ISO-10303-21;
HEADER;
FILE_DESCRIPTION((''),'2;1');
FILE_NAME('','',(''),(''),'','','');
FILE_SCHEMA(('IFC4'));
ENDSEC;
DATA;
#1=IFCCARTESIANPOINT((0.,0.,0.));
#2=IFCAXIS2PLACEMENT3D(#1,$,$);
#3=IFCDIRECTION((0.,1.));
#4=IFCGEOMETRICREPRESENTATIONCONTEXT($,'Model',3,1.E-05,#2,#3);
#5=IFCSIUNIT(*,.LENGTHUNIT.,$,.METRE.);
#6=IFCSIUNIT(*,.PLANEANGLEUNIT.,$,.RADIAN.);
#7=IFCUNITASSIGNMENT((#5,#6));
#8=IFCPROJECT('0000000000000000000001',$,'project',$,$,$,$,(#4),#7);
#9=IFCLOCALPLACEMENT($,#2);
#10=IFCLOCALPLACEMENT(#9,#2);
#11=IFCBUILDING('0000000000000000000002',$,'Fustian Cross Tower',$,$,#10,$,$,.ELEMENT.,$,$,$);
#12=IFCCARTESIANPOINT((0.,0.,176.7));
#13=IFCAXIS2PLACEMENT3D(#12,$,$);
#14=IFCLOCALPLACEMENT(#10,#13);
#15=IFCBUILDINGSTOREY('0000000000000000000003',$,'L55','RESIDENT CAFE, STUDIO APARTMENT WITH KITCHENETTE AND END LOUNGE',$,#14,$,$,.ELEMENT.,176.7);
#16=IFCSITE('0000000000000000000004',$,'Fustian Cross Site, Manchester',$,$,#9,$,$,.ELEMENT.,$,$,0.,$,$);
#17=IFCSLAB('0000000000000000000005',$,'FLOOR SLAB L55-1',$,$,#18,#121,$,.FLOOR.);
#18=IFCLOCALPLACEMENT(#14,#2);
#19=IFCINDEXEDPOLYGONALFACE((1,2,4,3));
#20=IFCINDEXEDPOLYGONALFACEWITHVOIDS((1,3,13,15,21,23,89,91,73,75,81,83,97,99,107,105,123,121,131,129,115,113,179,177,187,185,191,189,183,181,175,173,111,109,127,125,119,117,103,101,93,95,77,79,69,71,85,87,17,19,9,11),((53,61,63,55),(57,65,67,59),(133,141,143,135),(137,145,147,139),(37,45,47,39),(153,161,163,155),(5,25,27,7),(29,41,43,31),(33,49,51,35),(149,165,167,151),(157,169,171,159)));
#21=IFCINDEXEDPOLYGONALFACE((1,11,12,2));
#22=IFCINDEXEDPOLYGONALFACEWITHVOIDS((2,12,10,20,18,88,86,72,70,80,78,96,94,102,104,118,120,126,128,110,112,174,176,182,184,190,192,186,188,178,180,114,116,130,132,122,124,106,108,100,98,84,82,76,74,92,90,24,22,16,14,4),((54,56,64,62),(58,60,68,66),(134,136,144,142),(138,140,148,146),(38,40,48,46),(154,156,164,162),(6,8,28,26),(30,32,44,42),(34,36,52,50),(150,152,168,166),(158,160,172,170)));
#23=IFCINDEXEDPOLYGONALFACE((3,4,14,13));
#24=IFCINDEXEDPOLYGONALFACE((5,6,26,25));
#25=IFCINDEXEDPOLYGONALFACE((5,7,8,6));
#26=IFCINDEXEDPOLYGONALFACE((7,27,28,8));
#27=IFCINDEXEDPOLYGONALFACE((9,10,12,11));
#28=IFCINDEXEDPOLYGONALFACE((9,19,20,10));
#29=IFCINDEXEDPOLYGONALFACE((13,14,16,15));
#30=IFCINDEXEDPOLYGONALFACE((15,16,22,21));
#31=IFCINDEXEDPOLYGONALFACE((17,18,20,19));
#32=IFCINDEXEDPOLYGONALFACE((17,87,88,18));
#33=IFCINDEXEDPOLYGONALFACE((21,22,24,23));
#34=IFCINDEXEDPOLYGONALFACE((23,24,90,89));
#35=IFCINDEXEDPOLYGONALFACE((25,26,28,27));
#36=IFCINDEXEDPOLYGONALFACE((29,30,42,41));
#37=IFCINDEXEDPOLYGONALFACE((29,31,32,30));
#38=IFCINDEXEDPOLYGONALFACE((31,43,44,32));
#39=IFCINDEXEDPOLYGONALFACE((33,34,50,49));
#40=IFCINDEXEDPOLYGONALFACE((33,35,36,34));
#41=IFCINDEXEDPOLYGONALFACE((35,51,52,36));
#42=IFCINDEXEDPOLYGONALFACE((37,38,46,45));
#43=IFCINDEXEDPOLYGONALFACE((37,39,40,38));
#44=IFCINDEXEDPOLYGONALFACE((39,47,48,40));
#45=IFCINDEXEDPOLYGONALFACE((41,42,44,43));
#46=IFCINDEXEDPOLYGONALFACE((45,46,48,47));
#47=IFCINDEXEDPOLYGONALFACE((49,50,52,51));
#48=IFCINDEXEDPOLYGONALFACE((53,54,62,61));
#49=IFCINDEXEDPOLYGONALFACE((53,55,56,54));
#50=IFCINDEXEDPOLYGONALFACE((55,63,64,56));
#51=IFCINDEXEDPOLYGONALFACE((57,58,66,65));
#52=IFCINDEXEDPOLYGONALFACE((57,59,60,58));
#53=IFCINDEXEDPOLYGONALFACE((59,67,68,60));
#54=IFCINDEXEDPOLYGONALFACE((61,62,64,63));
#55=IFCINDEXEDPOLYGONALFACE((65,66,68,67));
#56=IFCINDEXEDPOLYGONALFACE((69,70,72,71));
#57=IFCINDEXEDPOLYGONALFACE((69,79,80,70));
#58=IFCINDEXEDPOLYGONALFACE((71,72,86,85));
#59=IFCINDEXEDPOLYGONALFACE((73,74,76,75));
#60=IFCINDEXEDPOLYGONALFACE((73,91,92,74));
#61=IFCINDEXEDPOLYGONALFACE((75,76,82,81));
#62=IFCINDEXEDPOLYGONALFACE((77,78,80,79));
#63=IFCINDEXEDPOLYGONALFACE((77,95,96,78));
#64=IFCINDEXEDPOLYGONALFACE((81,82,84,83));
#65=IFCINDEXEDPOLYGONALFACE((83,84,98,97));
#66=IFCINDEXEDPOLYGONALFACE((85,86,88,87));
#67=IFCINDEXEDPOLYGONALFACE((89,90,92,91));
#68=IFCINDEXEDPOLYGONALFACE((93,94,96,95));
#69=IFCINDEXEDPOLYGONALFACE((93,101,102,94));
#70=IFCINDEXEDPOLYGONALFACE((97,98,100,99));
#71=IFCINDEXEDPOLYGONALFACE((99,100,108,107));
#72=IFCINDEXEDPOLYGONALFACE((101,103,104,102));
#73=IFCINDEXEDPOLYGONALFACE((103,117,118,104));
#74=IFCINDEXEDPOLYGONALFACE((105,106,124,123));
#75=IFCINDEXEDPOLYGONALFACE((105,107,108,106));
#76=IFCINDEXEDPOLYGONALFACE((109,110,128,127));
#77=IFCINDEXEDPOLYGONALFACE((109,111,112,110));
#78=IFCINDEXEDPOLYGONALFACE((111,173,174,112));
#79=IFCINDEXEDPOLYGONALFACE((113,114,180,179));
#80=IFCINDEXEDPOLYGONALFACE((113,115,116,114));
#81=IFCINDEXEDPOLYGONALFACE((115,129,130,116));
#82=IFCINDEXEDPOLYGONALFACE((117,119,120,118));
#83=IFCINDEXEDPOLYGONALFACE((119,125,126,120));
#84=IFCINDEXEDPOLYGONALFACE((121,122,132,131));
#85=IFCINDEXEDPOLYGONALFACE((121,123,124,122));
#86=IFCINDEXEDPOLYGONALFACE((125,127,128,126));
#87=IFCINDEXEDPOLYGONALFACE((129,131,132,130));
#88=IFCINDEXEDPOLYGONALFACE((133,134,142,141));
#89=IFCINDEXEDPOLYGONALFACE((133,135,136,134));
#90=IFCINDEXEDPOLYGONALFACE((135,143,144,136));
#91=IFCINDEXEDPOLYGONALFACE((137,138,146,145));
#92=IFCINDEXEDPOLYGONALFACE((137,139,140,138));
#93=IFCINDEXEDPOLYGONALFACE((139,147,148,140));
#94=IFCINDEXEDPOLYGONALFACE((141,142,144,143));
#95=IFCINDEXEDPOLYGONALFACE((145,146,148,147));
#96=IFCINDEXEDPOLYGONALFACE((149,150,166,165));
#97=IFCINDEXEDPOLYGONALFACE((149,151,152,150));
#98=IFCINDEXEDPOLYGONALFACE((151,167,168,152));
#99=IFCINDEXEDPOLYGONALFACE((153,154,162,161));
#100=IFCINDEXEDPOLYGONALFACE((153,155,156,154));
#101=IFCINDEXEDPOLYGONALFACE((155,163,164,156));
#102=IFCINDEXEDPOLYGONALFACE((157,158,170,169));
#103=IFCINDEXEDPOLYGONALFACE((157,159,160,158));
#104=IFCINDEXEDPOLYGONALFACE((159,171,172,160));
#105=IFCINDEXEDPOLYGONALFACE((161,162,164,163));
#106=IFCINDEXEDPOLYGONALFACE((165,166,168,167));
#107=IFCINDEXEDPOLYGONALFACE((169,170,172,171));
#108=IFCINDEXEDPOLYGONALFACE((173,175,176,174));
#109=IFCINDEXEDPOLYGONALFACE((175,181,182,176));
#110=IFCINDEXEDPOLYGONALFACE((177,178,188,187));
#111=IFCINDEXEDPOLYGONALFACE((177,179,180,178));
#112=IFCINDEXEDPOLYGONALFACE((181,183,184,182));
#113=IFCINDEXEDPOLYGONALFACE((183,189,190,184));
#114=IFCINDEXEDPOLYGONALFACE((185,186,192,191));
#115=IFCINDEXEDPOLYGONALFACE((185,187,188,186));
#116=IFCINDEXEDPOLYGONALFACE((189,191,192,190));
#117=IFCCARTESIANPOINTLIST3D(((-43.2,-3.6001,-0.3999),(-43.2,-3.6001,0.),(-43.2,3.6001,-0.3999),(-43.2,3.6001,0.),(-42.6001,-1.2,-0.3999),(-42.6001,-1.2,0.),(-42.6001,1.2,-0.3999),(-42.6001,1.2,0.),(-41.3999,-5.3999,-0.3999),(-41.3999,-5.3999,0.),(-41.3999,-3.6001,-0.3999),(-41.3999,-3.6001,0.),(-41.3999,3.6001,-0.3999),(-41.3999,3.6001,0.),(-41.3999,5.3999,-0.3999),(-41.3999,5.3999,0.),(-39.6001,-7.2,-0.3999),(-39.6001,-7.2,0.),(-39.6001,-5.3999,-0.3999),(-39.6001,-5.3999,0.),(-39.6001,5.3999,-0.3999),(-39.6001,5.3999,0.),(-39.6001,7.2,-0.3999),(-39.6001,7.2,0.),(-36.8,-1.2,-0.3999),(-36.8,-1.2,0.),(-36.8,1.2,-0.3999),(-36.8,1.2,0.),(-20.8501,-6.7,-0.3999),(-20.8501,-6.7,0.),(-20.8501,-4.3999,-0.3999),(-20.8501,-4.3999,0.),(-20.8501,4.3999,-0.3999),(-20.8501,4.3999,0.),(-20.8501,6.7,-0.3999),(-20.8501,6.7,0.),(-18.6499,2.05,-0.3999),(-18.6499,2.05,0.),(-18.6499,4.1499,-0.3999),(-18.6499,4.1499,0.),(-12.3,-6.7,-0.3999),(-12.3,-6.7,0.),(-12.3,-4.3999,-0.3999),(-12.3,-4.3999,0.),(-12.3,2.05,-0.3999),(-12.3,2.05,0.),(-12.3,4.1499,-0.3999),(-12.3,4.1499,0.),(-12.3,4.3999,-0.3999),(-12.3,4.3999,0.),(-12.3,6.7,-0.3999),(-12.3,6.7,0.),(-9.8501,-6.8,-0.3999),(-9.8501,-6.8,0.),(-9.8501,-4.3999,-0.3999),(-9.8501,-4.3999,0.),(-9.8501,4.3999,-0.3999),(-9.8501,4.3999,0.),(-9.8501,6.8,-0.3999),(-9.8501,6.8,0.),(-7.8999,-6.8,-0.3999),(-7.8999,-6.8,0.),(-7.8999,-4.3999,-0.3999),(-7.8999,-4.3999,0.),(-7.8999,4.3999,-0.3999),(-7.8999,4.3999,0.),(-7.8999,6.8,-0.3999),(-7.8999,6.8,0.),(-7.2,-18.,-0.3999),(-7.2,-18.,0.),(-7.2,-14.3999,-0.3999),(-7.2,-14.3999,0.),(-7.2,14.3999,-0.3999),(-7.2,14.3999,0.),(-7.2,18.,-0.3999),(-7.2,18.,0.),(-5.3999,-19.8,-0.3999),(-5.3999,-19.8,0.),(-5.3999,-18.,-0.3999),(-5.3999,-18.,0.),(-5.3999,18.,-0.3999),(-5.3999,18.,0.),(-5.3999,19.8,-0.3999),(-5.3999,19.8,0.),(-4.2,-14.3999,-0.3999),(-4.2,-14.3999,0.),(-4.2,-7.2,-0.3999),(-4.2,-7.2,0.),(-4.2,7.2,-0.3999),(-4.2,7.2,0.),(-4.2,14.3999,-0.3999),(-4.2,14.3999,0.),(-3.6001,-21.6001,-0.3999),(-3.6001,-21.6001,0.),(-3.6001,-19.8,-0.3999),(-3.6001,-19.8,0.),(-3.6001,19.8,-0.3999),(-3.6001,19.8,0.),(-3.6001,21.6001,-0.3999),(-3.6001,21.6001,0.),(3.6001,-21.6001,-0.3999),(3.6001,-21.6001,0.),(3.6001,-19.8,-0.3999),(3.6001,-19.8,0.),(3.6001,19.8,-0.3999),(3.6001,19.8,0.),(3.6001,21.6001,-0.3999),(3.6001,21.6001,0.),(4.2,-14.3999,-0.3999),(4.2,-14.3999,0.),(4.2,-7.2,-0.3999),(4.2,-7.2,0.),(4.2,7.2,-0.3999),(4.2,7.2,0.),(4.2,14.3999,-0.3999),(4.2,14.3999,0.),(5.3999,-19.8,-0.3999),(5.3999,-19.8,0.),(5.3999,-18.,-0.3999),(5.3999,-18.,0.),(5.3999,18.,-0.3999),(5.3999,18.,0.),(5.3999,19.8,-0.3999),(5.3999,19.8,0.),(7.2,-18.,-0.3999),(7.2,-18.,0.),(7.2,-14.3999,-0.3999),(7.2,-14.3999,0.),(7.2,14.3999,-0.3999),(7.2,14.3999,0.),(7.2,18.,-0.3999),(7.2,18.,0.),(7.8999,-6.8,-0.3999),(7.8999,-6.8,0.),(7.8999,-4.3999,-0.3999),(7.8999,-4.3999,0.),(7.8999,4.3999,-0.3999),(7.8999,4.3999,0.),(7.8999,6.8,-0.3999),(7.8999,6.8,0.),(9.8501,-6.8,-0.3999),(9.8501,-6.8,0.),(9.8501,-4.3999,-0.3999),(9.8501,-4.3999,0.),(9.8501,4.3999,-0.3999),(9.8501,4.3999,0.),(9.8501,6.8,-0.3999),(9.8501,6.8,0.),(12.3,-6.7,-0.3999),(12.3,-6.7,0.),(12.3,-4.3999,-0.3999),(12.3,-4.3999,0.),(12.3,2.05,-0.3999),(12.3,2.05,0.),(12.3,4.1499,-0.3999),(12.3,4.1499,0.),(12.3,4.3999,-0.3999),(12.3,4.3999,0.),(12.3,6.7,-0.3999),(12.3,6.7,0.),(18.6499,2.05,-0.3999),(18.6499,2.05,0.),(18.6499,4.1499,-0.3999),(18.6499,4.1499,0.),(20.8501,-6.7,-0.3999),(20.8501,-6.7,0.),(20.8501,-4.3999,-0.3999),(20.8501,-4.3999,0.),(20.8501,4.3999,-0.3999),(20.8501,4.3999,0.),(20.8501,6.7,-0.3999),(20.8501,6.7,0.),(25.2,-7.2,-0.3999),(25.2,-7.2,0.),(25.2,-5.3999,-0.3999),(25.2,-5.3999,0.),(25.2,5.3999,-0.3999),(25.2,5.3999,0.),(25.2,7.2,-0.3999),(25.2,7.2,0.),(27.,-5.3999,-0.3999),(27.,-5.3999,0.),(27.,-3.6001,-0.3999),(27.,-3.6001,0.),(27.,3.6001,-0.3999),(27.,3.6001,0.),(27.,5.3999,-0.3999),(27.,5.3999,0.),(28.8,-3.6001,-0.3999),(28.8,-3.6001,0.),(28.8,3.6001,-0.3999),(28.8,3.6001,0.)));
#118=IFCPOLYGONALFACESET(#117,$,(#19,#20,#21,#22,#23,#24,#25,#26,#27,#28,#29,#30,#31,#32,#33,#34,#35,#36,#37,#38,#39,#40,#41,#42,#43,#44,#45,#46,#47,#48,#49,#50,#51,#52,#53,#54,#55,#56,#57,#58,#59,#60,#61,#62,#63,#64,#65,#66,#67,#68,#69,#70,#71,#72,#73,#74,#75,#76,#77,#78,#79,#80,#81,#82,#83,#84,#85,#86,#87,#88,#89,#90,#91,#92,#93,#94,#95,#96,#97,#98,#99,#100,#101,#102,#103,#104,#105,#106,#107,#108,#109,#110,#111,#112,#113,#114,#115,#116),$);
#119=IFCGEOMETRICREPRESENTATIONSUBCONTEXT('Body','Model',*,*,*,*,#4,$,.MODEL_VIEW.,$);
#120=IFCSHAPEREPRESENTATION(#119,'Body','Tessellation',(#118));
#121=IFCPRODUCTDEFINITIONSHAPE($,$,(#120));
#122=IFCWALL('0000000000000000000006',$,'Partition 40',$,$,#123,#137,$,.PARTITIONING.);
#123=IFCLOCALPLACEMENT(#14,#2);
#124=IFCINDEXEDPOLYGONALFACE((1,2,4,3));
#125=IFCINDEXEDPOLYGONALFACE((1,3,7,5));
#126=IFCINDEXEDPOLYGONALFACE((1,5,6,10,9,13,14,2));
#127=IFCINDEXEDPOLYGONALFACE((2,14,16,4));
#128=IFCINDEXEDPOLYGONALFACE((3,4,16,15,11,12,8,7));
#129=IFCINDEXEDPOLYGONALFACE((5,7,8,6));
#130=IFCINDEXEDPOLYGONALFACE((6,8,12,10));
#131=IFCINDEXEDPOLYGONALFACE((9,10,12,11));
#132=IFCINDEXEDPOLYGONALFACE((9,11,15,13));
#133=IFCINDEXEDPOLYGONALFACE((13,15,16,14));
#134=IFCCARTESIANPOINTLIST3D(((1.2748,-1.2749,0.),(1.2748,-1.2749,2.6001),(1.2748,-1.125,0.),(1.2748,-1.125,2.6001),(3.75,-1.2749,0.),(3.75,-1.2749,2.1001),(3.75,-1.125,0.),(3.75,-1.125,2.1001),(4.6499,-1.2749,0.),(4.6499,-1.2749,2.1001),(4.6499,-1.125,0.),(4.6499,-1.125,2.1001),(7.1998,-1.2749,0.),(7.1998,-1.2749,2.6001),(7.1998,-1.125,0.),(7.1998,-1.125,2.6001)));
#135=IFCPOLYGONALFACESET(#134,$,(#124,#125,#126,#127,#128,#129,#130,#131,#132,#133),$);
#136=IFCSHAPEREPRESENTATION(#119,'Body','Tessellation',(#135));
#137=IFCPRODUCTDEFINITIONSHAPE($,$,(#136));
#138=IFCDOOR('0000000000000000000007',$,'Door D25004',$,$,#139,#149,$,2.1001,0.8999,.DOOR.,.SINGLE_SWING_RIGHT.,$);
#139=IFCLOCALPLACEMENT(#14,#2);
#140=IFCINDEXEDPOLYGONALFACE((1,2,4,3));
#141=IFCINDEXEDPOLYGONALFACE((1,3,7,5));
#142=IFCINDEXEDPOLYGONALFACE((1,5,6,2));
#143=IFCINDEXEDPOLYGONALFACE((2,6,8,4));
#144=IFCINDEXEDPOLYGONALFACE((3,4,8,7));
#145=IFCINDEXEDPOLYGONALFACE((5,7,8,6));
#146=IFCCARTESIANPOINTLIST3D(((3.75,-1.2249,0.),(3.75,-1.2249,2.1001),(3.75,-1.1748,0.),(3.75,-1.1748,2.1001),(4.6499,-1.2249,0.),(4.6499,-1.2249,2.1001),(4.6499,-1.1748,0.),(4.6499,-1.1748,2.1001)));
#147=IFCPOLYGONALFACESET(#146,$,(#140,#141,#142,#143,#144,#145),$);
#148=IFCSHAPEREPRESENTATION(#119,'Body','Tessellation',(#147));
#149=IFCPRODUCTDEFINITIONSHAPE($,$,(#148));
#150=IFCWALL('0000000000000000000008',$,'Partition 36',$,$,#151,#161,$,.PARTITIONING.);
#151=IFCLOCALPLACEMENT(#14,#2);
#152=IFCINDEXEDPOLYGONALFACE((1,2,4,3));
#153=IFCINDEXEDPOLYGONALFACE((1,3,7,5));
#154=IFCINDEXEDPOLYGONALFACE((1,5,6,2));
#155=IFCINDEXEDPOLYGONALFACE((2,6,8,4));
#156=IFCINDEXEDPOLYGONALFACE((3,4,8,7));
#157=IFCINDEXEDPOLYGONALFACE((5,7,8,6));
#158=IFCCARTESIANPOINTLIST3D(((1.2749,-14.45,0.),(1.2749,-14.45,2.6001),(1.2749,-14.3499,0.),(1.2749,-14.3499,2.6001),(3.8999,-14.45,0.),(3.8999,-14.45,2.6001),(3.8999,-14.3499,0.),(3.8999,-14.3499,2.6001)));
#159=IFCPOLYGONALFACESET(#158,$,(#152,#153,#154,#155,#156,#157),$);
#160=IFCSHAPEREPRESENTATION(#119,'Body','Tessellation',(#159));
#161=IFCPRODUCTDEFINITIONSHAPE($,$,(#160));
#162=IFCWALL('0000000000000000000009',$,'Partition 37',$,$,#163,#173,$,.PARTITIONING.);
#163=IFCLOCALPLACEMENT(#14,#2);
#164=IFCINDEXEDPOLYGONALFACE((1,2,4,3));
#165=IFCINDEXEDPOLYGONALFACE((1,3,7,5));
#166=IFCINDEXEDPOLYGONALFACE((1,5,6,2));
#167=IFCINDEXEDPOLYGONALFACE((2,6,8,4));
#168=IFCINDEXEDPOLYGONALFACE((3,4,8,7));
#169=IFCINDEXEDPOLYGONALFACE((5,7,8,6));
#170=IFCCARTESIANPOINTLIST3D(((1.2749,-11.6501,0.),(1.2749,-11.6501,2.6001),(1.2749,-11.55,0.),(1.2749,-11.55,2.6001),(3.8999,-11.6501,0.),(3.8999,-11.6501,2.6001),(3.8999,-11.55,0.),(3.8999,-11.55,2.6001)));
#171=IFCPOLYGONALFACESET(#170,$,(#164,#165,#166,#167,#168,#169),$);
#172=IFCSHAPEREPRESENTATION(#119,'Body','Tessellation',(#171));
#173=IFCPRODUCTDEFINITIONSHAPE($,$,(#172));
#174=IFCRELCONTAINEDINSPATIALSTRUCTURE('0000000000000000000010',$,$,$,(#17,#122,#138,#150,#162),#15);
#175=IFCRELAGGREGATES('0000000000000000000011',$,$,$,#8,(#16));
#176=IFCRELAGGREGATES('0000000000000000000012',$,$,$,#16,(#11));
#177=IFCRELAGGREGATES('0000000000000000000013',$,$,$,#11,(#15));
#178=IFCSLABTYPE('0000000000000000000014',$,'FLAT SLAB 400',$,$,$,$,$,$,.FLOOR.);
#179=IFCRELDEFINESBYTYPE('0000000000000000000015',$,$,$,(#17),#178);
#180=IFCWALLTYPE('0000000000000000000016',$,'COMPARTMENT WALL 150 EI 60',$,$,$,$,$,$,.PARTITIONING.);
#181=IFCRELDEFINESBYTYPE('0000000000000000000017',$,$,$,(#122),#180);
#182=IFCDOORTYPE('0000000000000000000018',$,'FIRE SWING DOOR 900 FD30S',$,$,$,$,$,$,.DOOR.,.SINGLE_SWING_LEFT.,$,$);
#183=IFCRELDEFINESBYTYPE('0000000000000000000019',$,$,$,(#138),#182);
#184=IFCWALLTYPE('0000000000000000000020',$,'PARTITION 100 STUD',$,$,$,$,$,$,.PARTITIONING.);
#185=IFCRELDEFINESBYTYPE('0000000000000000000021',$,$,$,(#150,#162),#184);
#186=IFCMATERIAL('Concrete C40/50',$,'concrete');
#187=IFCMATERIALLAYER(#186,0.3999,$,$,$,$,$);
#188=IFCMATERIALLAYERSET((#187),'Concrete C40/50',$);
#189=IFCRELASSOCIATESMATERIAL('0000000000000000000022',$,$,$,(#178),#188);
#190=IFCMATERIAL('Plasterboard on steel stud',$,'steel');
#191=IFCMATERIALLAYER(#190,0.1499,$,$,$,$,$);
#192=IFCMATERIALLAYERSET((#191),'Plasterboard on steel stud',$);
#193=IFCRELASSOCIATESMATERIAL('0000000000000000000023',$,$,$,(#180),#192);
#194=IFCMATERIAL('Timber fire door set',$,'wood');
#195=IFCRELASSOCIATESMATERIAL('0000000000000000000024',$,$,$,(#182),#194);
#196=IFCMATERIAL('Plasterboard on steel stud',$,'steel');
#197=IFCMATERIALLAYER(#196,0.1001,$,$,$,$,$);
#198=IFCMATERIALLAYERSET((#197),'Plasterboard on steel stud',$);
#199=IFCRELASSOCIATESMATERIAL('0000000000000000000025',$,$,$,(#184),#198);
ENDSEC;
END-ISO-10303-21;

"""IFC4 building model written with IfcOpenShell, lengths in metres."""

from ifc_helpers import new_model, si_unit, direction, frame, frame_2d, origin, place, context, subcontext, project, spatial, polyline, rectangle, outline, extrude, material, layer, layer_set, type_object, element, fill, save


model = new_model("IFC4")

# Units and contexts
model_context = context("Model", 3, precision=1e-05, world=origin(), true_north=direction((0.0, 1.0)))
body_context = subcontext(model_context, "Body", "Model", "MODEL_VIEW")
ifc_project = project(units=[si_unit("LENGTHUNIT", "METRE"), si_unit("PLANEANGLEUNIT", "RADIAN")], contexts=[model_context])

# Site, building, storey
site_placement = place(None, origin())
site = spatial("IfcSite", under=ifc_project, at=site_placement, Name="Fustian Cross Site, Manchester", CompositionType="ELEMENT", RefElevation=0.0)
building_placement = place(site_placement, origin())
building = spatial("IfcBuilding", under=site, at=building_placement, Name="Fustian Cross Tower", CompositionType="ELEMENT")
storey_placement = place(building_placement, frame((0.0, 0.0, 176.7)))
storey = spatial("IfcBuildingStorey", under=building, at=storey_placement, Name="L55", Description="RESIDENT CAFE, STUDIO APARTMENT WITH KITCHENETTE AND END LOUNGE", CompositionType="ELEMENT", Elevation=176.7)

# Slab
ifc_material_1 = material(Name="Concrete C40/50", Category="concrete")
ifc_layer_1 = layer(ifc_material_1, 0.3999)
ifc_layer_set_1 = layer_set([ifc_layer_1], Name="Concrete C40/50")
slab_type_1 = type_object("IfcSlabType", Name="FLAT SLAB 400", PredefinedType="FLOOR", material=ifc_layer_set_1)
slab_1_placement = place(storey_placement, frame((0.0, 0.0, -0.3999)))
element("IfcSlab", 1, at=slab_1_placement, inside=storey, type_object=slab_type_1, Name="FLOOR SLAB L55-1", PredefinedType="FLOOR", context=body_context, shape_type="SweptSolid", body=[
    extrude(outline(polyline([(-5.3999, -19.8), (-5.3999, -18.0), (-7.2, -18.0), (-7.2, -14.3999), (-4.2, -14.3999), (-4.2, -7.2), (-39.6001, -7.2), (-39.6001, -5.3999), (-41.3999, -5.3999), (-41.3999, -3.6001), (-43.2, -3.6001), (-43.2, 3.6001), (-41.3999, 3.6001), (-41.3999, 5.3999), (-39.6001, 5.3999), (-39.6001, 7.2), (-4.2, 7.2), (-4.2, 14.3999), (-7.2, 14.3999), (-7.2, 18.0), (-5.3999, 18.0), (-5.3999, 19.8), (-3.6001, 19.8), (-3.6001, 21.6001), (3.6001, 21.6001), (3.6001, 19.8), (5.3999, 19.8), (5.3999, 18.0), (7.2, 18.0), (7.2, 14.3999), (4.2, 14.3999), (4.2, 7.2), (25.2, 7.2), (25.2, 5.3999), (27.0, 5.3999), (27.0, 3.6001), (28.8, 3.6001), (28.8, -3.6001), (27.0, -3.6001), (27.0, -5.3999), (25.2, -5.3999), (25.2, -7.2), (4.2, -7.2), (4.2, -14.3999), (7.2, -14.3999), (7.2, -18.0), (5.3999, -18.0), (5.3999, -19.8), (3.6001, -19.8), (3.6001, -21.6001), (-3.6001, -21.6001), (-3.6001, -19.8), (-5.3999, -19.8)]), holes=[polyline([(7.8999, 4.3999), (9.8501, 4.3999), (9.8501, 6.8), (7.8999, 6.8), (7.8999, 4.3999)]), polyline([(7.8999, -4.3999), (7.8999, -6.8), (9.8501, -6.8), (9.8501, -4.3999), (7.8999, -4.3999)]), polyline([(-7.8999, 6.8), (-9.8501, 6.8), (-9.8501, 4.3999), (-7.8999, 4.3999), (-7.8999, 6.8)]), polyline([(-7.8999, -6.8), (-7.8999, -4.3999), (-9.8501, -4.3999), (-9.8501, -6.8), (-7.8999, -6.8)]), polyline([(12.3, 2.05), (18.6499, 2.05), (18.6499, 4.1499), (12.3, 4.1499), (12.3, 2.05)]), polyline([(-18.6499, 4.1499), (-18.6499, 2.05), (-12.3, 2.05), (-12.3, 4.1499), (-18.6499, 4.1499)]), polyline([(20.8501, 6.7), (12.3, 6.7), (12.3, 4.3999), (20.8501, 4.3999), (20.8501, 6.7)]), polyline([(20.8501, -6.7), (20.8501, -4.3999), (12.3, -4.3999), (12.3, -6.7), (20.8501, -6.7)]), polyline([(-20.8501, 4.3999), (-12.3, 4.3999), (-12.3, 6.7), (-20.8501, 6.7), (-20.8501, 4.3999)]), polyline([(-20.8501, -4.3999), (-20.8501, -6.7), (-12.3, -6.7), (-12.3, -4.3999), (-20.8501, -4.3999)]), polyline([(-36.8, 1.2), (-42.6001, 1.2), (-42.6001, -1.2), (-36.8, -1.2), (-36.8, 1.2)])]), origin(), (0.0, 0.0, 1.0), 0.3999),
])

# Wall, opening, door
ifc_material_2 = material(Name="Plasterboard on steel stud", Category="steel")
ifc_layer_2 = layer(ifc_material_2, 0.1499)
ifc_layer_set_2 = layer_set([ifc_layer_2], Name="Plasterboard on steel stud")
wall_type_1 = type_object("IfcWallType", Name="COMPARTMENT WALL 150 EI 60", PredefinedType="PARTITIONING", material=ifc_layer_set_2)
wall_1_placement = place(storey_placement, frame((1.2749, -1.2, 0.0), z_axis=(0.0, 0.0, 1.0), x_axis=(1.0, 0.0, 0.0)))
wall_1 = element("IfcWall", 2, at=wall_1_placement, inside=storey, type_object=wall_type_1, Name="Partition 40", PredefinedType="PARTITIONING", context=body_context, shape_type="SweptSolid", body=[
    extrude(rectangle(XDim=5.925, YDim=0.1499, at=frame_2d((2.9624, 0.0))), origin(), (0.0, 0.0, 1.0), 2.6001),
])
opening_1_placement = place(wall_1_placement, frame((2.4751, 0.0, 0.0)))
opening_1 = element("IfcOpeningElement", 3, at=opening_1_placement, cuts=wall_1, PredefinedType="OPENING", context=body_context, shape_type="SweptSolid", body=[
    extrude(rectangle(XDim=0.8999, YDim=2.1001, at=frame_2d((0.45, 1.05))), frame((0.0, 0.085, 0.0), z_axis=(0.0, -1.0, 0.0), x_axis=(1.0, 0.0, 0.0)), (0.0, 0.0, 1.0), 0.1699),
])
ifc_material_3 = material(Name="Timber fire door set", Category="wood")
door_type_1 = type_object("IfcDoorType", Name="FIRE SWING DOOR 900 FD30S", OperationType="SINGLE_SWING_LEFT", PredefinedType="DOOR", material=ifc_material_3)
door_1_placement = place(opening_1_placement, frame((0.8999, 0.0, 0.0), z_axis=(0.0, 0.0, 1.0), x_axis=(-1.0, 0.0, 0.0)))
door_1 = element("IfcDoor", 4, at=door_1_placement, inside=storey, type_object=door_type_1, Name="Door D25004", OperationType="SINGLE_SWING_RIGHT", OverallHeight=2.1001, OverallWidth=0.8999, PredefinedType="DOOR", context=body_context, shape_type="SweptSolid", body=[
    extrude(rectangle(XDim=0.8999, YDim=2.1001, at=frame_2d((0.45, 1.05))), frame((0.0, 0.0249, 0.0), z_axis=(0.0, -1.0, 0.0), x_axis=(1.0, 0.0, 0.0)), (0.0, 0.0, 1.0), 0.05),
])
fill(opening_1, door_1)

# Walls
ifc_material_4 = material(Name="Plasterboard on steel stud", Category="steel")
ifc_layer_3 = layer(ifc_material_4, 0.1001)
ifc_layer_set_3 = layer_set([ifc_layer_3], Name="Plasterboard on steel stud")
wall_type_2 = type_object("IfcWallType", Name="PARTITION 100 STUD", PredefinedType="PARTITIONING", material=ifc_layer_set_3)
for number, where, z_axis, x_axis, name in (
    (5, (1.2749, -14.3999, 0.0), (0.0, 0.0, 1.0), (1.0, 0.0, 0.0), "Partition 36"),
    (6, (1.2749, -11.6001, 0.0), (0.0, 0.0, 1.0), (1.0, 0.0, 0.0), "Partition 37"),
):
    element("IfcWall", number, at=place(storey_placement, frame(where, z_axis=z_axis, x_axis=x_axis)), inside=storey, type_object=wall_type_2, Name=name, PredefinedType="PARTITIONING", context=body_context, shape_type="SweptSolid", body=[
        extrude(rectangle(XDim=2.625, YDim=0.1001, at=frame_2d((1.3125, 0.0))), origin(), (0.0, 0.0, 1.0), 2.6001),
    ])

save(model, "model.ifc")
